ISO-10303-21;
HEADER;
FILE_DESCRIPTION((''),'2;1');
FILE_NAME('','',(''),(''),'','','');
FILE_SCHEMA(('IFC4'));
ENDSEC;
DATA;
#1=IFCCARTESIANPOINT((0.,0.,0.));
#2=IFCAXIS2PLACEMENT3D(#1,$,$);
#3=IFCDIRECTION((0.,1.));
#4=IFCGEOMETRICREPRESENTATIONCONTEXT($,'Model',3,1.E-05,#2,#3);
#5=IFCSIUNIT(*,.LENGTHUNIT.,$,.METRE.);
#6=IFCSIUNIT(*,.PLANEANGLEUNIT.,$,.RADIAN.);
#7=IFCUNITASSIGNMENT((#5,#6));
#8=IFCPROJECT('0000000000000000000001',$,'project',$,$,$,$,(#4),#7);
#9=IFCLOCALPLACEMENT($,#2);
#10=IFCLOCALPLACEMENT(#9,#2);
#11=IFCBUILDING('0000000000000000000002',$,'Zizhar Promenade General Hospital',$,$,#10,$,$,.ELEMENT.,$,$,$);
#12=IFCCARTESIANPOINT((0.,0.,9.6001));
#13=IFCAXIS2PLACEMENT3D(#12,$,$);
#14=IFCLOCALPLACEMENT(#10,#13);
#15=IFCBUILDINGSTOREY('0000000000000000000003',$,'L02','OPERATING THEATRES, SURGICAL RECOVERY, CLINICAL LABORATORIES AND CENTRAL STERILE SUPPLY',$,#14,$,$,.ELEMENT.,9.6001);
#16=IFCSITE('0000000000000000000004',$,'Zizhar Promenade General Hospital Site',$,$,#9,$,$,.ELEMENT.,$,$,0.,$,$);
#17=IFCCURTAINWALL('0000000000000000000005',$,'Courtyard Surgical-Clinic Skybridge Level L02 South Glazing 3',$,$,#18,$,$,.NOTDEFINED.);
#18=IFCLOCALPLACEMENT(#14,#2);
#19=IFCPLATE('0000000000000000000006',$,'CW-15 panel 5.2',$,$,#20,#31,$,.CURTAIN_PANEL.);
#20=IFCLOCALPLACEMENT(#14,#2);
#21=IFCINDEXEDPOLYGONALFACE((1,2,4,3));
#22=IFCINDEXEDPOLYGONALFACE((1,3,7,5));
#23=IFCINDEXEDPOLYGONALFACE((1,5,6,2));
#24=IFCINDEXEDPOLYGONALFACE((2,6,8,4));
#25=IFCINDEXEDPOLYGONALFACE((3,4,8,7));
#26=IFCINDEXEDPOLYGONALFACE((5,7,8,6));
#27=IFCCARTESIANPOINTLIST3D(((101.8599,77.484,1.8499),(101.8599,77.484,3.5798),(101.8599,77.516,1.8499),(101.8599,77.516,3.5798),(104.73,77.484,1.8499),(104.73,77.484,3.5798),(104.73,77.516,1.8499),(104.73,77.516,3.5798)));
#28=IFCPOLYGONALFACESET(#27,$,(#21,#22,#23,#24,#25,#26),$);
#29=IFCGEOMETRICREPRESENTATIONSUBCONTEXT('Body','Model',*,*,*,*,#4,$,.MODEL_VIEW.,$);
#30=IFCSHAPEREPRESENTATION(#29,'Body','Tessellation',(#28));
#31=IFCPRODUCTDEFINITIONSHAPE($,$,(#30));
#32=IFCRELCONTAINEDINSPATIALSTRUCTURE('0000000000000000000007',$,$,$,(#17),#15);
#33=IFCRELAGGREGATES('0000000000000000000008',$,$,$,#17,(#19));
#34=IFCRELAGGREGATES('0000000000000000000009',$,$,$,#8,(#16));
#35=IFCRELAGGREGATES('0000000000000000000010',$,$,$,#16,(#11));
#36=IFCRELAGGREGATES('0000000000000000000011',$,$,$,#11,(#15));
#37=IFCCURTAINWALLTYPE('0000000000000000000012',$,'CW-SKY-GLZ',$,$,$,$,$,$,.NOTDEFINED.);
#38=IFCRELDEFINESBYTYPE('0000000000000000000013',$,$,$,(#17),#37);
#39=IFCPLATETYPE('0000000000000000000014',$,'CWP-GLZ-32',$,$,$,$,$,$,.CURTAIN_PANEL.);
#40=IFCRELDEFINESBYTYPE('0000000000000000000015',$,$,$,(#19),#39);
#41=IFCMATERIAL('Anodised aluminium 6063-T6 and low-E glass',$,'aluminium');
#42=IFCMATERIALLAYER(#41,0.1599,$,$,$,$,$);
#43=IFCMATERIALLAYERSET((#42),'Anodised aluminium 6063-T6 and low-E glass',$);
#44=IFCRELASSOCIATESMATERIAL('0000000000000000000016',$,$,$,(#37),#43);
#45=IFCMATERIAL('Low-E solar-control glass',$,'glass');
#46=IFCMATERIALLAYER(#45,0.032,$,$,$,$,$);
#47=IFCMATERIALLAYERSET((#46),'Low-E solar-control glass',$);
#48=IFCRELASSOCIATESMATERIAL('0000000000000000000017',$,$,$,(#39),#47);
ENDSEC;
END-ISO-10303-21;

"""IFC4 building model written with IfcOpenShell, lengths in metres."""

from ifc_helpers import new_model, si_unit, direction, frame, origin, origin_2d, place, context, subcontext, project, spatial, rectangle, extrude, material, layer, layer_set, type_object, element, aggregate, save


model = new_model("IFC4")

# Units and contexts
model_context = context("Model", 3, precision=1e-05, world=origin(), true_north=direction((0.0, 1.0)))
body_context = subcontext(model_context, "Body", "Model", "MODEL_VIEW")
ifc_project = project(units=[si_unit("LENGTHUNIT", "METRE"), si_unit("PLANEANGLEUNIT", "RADIAN")], contexts=[model_context])

# Site, building, storey
site_placement = place(None, origin())
site = spatial("IfcSite", under=ifc_project, at=site_placement, Name="Zizhar Promenade General Hospital Site", CompositionType="ELEMENT", RefElevation=0.0)
building_placement = place(site_placement, origin())
building = spatial("IfcBuilding", under=site, at=building_placement, Name="Zizhar Promenade General Hospital", CompositionType="ELEMENT")
storey_placement = place(building_placement, frame((0.0, 0.0, 9.6001)))
storey = spatial("IfcBuildingStorey", under=building, at=storey_placement, Name="L02", Description="OPERATING THEATRES, SURGICAL RECOVERY, CLINICAL LABORATORIES AND CENTRAL STERILE SUPPLY", CompositionType="ELEMENT", Elevation=9.6001)

# Shared definitions
ifc_material_1 = material(Name="Anodised aluminium 6063-T6 and low-E glass", Category="aluminium")
ifc_layer_1 = layer(ifc_material_1, 0.1599)
ifc_layer_set_1 = layer_set([ifc_layer_1], Name="Anodised aluminium 6063-T6 and low-E glass")
curtain_wall_type = type_object("IfcCurtainWallType", Name="CW-SKY-GLZ", PredefinedType="NOTDEFINED", material=ifc_layer_set_1)

# Curtain wall, plate
curtain_wall_1_placement = place(storey_placement, origin())
curtain_wall_1 = element("IfcCurtainWall", 1, at=curtain_wall_1_placement, inside=storey, type_object=curtain_wall_type, Name="Courtyard Surgical-Clinic Skybridge Level L02 South Glazing 3", PredefinedType="NOTDEFINED")
ifc_material_2 = material(Name="Low-E solar-control glass", Category="glass")
ifc_layer_2 = layer(ifc_material_2, 0.032)
ifc_layer_set_2 = layer_set([ifc_layer_2], Name="Low-E solar-control glass")
plate_type = type_object("IfcPlateType", Name="CWP-GLZ-32", PredefinedType="CURTAIN_PANEL", material=ifc_layer_set_2)
plate_1_placement = place(storey_placement, frame((103.2949, 77.5, 1.8499), z_axis=(0.0, 0.0, 1.0), x_axis=(-1.0, 0.0, 0.0)))
plate_1 = element("IfcPlate", 2, at=plate_1_placement, type_object=plate_type, Name="CW-15 panel 5.2", PredefinedType="CURTAIN_PANEL", context=body_context, shape_type="SweptSolid", body=[
    extrude(rectangle(XDim=2.8701, YDim=0.032, at=origin_2d()), origin(), (0.0, 0.0, 1.0), 1.73),
])
aggregate(curtain_wall_1, [plate_1])

save(model, "model.ifc")
